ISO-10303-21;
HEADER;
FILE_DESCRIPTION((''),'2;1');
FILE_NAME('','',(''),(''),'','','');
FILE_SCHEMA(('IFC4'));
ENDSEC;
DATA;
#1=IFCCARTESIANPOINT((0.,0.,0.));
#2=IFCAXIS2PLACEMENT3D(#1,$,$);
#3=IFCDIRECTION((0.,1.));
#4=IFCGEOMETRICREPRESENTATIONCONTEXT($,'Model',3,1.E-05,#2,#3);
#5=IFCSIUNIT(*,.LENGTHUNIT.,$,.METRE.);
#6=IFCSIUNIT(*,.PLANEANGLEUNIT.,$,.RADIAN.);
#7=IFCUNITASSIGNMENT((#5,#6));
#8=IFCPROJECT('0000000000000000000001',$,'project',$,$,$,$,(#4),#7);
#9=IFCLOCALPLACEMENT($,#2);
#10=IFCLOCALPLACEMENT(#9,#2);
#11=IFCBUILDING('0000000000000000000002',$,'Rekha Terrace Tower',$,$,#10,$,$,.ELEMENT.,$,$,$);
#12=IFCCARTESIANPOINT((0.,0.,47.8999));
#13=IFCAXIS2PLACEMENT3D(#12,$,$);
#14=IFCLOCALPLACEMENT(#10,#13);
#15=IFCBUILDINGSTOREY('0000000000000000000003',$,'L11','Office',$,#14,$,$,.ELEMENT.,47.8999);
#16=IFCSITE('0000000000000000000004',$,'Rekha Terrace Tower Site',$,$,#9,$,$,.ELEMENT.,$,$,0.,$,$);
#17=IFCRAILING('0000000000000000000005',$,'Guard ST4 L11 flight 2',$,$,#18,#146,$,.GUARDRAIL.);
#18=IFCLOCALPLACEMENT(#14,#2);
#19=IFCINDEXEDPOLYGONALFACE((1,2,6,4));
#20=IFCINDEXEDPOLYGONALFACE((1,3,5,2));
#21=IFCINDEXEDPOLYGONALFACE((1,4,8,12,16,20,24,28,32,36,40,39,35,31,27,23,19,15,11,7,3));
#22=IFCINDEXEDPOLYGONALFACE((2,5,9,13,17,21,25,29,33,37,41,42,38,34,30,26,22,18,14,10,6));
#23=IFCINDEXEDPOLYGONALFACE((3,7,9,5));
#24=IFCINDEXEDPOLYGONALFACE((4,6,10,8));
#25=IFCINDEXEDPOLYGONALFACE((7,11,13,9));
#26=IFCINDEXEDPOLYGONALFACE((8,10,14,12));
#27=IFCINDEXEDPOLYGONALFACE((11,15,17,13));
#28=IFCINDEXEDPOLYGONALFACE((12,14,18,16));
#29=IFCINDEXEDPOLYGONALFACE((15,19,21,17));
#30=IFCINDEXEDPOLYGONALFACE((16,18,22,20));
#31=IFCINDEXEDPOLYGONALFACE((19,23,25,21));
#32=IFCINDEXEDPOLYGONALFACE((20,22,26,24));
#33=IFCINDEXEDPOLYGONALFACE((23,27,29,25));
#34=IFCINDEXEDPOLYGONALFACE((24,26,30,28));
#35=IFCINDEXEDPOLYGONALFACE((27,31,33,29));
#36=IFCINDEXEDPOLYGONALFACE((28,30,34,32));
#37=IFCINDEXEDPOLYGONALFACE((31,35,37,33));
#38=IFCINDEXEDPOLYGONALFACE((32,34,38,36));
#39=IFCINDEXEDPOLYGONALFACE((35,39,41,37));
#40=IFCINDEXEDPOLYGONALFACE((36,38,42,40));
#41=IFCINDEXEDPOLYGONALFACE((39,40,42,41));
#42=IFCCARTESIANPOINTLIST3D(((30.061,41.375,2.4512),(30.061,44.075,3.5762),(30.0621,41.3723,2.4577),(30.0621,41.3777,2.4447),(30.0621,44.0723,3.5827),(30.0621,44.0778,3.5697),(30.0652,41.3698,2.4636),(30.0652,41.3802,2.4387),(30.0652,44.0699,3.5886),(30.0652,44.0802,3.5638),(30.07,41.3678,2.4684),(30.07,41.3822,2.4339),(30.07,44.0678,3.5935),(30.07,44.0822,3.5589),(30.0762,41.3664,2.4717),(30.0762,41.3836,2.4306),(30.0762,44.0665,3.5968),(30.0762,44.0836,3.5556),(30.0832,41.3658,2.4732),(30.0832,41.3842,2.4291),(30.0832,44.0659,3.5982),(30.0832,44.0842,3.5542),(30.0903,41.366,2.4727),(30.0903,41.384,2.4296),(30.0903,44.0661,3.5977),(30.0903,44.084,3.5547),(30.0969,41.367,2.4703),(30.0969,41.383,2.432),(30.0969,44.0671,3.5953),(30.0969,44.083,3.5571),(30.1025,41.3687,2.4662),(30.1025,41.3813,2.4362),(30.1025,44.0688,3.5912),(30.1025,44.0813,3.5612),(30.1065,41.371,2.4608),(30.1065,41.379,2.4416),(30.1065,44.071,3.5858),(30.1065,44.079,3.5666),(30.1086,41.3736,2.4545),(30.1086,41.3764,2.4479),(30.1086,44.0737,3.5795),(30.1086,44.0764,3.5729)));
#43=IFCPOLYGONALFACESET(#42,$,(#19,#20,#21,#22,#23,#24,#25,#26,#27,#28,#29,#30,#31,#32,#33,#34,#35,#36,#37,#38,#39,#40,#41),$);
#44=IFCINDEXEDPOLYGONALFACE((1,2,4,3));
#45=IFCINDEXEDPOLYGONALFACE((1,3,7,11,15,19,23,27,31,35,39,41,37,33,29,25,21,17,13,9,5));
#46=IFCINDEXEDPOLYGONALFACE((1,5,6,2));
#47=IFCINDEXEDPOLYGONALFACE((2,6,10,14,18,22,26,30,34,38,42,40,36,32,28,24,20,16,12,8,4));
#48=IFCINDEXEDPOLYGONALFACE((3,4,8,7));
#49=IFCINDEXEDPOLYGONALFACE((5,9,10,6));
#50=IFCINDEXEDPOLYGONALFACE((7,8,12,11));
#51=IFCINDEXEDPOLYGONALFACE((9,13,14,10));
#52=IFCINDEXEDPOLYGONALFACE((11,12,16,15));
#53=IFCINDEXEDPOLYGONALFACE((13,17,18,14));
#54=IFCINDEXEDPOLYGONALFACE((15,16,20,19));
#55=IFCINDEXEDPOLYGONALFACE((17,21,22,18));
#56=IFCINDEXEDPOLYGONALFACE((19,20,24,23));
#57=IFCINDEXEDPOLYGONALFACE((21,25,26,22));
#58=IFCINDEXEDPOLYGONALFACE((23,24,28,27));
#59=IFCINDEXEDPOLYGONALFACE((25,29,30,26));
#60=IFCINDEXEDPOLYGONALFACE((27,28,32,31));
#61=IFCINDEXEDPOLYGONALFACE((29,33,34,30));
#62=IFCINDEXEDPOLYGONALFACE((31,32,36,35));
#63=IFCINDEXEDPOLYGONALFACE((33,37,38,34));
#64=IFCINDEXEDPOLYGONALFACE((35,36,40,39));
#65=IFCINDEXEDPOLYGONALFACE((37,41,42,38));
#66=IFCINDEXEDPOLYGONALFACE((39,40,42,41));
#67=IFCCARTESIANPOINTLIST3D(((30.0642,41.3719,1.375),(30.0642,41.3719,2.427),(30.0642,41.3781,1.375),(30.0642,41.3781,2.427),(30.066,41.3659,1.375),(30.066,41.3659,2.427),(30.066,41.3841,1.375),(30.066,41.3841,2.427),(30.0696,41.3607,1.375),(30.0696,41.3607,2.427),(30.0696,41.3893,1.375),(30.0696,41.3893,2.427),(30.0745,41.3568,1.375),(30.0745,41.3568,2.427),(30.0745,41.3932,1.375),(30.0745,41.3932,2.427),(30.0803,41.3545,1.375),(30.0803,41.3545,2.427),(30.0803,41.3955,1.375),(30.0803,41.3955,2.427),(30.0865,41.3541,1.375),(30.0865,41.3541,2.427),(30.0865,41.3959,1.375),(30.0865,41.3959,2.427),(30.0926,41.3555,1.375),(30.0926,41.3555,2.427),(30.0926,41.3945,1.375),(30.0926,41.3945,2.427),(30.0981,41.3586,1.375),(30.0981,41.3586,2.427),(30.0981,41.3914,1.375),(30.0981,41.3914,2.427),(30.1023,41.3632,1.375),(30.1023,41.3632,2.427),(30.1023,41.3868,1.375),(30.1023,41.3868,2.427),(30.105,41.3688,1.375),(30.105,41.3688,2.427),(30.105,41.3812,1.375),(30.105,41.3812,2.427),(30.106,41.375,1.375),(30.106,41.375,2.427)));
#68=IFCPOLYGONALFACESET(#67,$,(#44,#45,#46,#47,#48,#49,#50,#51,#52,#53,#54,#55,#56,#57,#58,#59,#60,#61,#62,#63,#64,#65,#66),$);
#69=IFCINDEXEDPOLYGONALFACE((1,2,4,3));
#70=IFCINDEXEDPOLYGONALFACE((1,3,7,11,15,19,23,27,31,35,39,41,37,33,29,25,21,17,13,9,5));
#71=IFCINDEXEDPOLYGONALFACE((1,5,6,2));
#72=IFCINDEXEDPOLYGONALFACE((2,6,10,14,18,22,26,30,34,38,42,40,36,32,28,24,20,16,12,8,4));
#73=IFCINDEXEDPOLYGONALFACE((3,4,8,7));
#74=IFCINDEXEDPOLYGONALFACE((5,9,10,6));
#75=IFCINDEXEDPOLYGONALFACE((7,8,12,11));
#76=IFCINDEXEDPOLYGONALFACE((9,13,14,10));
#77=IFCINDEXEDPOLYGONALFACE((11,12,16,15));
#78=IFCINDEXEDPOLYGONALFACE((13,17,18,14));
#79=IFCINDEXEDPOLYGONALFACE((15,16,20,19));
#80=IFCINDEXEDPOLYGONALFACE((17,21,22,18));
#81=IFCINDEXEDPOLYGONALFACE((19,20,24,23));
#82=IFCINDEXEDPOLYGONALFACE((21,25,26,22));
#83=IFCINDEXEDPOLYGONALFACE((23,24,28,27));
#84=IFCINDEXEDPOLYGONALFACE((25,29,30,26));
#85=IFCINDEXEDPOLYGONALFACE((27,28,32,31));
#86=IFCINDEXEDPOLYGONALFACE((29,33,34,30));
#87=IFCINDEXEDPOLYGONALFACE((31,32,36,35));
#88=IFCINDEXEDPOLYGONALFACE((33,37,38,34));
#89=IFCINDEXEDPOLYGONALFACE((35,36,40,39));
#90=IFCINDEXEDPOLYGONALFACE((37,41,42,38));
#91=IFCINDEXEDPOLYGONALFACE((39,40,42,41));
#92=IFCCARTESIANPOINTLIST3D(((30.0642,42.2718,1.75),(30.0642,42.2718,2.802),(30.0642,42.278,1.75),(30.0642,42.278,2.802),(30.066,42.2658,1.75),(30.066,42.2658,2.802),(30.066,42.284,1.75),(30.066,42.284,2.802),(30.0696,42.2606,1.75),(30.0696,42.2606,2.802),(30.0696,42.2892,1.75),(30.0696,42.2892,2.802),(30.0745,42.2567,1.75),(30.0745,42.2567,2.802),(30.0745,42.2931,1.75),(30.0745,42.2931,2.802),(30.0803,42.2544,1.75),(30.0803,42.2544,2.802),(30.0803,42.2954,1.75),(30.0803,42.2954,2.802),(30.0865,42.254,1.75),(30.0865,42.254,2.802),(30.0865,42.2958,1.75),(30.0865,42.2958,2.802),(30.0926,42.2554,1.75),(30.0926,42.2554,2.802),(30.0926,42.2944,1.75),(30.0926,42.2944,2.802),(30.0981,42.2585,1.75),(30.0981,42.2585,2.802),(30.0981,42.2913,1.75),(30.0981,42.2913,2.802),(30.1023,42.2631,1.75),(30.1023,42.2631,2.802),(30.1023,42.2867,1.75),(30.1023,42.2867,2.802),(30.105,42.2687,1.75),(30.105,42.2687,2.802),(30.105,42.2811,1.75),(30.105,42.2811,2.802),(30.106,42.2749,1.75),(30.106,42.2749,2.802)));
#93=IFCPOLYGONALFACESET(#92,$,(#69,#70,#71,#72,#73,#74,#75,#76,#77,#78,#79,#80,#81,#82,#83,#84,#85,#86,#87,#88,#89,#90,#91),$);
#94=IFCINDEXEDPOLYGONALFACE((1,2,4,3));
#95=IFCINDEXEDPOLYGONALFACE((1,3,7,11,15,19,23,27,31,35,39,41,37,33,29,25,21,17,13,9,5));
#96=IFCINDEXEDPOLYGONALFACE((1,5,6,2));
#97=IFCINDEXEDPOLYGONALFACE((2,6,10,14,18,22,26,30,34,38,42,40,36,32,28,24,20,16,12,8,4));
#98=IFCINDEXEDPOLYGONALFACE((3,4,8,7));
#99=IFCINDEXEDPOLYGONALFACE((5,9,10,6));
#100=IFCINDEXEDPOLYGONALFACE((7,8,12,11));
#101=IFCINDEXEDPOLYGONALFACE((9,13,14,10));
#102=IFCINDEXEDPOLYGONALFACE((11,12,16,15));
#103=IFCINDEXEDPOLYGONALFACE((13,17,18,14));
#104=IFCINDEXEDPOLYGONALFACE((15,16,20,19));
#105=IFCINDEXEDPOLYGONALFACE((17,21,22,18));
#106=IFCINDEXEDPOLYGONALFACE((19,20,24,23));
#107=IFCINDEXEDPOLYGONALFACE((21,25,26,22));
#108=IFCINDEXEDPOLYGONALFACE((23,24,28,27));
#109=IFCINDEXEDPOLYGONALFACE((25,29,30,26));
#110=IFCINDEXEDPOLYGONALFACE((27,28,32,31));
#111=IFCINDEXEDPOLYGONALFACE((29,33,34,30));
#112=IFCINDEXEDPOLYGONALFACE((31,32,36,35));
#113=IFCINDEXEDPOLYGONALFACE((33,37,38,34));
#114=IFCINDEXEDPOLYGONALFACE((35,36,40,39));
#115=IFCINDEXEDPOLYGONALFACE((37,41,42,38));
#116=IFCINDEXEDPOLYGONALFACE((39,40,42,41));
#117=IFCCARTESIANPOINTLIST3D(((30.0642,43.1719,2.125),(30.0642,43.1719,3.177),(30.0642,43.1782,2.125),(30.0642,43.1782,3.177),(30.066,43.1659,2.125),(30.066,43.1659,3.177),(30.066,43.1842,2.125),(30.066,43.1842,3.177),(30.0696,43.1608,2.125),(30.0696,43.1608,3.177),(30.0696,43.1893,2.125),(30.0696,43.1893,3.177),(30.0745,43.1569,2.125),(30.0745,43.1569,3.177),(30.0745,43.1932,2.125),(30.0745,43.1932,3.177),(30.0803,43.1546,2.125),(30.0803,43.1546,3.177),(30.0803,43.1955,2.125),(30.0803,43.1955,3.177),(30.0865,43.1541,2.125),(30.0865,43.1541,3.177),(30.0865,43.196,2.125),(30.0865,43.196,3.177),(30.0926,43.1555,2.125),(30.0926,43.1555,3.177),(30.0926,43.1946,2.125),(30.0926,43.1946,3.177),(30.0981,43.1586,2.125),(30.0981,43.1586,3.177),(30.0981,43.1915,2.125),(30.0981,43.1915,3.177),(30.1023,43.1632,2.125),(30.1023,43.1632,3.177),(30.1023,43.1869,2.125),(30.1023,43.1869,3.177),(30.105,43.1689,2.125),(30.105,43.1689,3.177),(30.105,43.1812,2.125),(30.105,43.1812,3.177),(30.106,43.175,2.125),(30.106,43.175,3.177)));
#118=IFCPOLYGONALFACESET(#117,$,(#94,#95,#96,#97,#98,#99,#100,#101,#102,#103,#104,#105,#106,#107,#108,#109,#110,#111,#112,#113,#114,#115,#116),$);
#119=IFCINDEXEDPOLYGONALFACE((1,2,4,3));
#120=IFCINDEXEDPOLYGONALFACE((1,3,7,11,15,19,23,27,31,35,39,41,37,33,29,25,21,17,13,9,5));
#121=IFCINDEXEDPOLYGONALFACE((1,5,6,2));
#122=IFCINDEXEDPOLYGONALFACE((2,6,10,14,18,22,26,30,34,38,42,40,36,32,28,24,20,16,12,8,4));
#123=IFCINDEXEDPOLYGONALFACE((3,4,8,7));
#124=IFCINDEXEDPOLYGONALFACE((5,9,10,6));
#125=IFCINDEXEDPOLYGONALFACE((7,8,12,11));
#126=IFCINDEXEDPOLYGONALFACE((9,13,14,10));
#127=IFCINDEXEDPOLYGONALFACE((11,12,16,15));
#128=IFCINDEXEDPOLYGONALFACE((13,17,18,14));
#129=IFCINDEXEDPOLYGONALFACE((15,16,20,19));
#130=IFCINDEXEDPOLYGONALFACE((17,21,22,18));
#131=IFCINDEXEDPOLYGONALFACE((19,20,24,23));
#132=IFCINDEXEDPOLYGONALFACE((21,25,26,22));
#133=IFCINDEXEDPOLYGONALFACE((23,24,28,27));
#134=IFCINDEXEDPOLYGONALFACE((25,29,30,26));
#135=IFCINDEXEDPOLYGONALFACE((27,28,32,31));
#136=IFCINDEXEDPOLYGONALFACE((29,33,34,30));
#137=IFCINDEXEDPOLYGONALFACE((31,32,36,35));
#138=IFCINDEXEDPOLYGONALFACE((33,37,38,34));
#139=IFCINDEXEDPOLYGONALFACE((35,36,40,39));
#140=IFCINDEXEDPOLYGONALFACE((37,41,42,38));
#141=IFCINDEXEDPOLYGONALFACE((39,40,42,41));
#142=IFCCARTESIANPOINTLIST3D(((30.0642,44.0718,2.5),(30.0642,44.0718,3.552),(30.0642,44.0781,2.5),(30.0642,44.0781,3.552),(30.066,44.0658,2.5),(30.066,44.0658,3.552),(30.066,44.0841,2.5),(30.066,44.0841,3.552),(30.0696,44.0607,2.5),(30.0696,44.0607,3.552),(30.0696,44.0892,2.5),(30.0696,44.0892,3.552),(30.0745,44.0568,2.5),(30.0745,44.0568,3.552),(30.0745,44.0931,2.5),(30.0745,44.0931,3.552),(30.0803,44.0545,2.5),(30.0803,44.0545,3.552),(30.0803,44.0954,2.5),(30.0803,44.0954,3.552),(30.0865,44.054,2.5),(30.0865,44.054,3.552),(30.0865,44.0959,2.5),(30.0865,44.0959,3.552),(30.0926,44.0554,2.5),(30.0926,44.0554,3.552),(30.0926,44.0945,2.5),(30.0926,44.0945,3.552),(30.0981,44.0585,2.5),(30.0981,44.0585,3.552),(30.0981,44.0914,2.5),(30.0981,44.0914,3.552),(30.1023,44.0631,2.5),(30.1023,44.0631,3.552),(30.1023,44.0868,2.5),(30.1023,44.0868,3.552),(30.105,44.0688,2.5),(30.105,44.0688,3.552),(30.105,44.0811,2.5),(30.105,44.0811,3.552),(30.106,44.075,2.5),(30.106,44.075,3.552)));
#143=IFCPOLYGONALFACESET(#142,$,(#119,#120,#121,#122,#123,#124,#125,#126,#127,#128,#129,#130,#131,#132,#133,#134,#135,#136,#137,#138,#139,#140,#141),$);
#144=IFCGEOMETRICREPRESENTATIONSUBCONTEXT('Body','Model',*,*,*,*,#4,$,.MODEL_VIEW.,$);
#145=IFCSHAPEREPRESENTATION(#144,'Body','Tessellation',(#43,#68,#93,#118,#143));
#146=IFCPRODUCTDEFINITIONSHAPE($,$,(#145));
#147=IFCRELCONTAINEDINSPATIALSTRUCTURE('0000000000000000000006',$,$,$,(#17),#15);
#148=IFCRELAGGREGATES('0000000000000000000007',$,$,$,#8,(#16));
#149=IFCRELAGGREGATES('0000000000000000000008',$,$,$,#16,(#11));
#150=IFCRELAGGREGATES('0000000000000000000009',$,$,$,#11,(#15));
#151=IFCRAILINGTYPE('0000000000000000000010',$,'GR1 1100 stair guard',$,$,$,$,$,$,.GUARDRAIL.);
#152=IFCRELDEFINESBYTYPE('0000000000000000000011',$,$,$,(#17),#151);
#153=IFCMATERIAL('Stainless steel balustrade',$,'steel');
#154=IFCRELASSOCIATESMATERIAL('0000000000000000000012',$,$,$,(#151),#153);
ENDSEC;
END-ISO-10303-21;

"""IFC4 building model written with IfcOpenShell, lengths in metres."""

from ifc_helpers import new_model, si_unit, direction, frame, origin, origin_2d, place, context, subcontext, project, spatial, circle, extrude, material, type_object, element, save


model = new_model("IFC4")

# Units and contexts
model_context = context("Model", 3, precision=1e-05, world=origin(), true_north=direction((0.0, 1.0)))
body_context = subcontext(model_context, "Body", "Model", "MODEL_VIEW")
ifc_project = project(units=[si_unit("LENGTHUNIT", "METRE"), si_unit("PLANEANGLEUNIT", "RADIAN")], contexts=[model_context])

# Site, building, storey
site_placement = place(None, origin())
site = spatial("IfcSite", under=ifc_project, at=site_placement, Name="Rekha Terrace Tower Site", CompositionType="ELEMENT", RefElevation=0.0)
building_placement = place(site_placement, origin())
building = spatial("IfcBuilding", under=site, at=building_placement, Name="Rekha Terrace Tower", CompositionType="ELEMENT")
storey_placement = place(building_placement, frame((0.0, 0.0, 47.8999)))
storey = spatial("IfcBuildingStorey", under=building, at=storey_placement, Name="L11", Description="Office", CompositionType="ELEMENT", Elevation=47.8999)

# Railing
ifc_material_1 = material(Name="Stainless steel balustrade", Category="steel")
railing_type_1 = type_object("IfcRailingType", Name="GR1 1100 stair guard", PredefinedType="GUARDRAIL", material=ifc_material_1)
railing_1_placement = place(storey_placement, frame((30.085, 41.375, 1.375)))
element("IfcRailing", 1, at=railing_1_placement, inside=storey, type_object=railing_type_1, Name="Guard ST4 L11 flight 2", PredefinedType="GUARDRAIL", context=body_context, shape_type="SweptSolid", body=[
    extrude(circle(Radius=0.0239, at=origin_2d()), frame((0.0, 0.0, 1.0762), z_axis=(0.0, 0.923074, 0.384621), x_axis=(-1.0, 0.0, 0.0)), (0.0, 0.0, 1.0), 2.925),
    extrude(circle(Radius=0.021, at=origin_2d()), origin(), (0.0, 0.0, 1.0), 1.052),
    extrude(circle(Radius=0.021, at=origin_2d()), frame((0.0, 0.8999, 0.375)), (0.0, 0.0, 1.0), 1.052),
    extrude(circle(Radius=0.021, at=origin_2d()), frame((0.0, 1.8, 0.75)), (0.0, 0.0, 1.0), 1.052),
    extrude(circle(Radius=0.021, at=origin_2d()), frame((0.0, 2.7, 1.125)), (0.0, 0.0, 1.0), 1.052),
])

save(model, "model.ifc")
